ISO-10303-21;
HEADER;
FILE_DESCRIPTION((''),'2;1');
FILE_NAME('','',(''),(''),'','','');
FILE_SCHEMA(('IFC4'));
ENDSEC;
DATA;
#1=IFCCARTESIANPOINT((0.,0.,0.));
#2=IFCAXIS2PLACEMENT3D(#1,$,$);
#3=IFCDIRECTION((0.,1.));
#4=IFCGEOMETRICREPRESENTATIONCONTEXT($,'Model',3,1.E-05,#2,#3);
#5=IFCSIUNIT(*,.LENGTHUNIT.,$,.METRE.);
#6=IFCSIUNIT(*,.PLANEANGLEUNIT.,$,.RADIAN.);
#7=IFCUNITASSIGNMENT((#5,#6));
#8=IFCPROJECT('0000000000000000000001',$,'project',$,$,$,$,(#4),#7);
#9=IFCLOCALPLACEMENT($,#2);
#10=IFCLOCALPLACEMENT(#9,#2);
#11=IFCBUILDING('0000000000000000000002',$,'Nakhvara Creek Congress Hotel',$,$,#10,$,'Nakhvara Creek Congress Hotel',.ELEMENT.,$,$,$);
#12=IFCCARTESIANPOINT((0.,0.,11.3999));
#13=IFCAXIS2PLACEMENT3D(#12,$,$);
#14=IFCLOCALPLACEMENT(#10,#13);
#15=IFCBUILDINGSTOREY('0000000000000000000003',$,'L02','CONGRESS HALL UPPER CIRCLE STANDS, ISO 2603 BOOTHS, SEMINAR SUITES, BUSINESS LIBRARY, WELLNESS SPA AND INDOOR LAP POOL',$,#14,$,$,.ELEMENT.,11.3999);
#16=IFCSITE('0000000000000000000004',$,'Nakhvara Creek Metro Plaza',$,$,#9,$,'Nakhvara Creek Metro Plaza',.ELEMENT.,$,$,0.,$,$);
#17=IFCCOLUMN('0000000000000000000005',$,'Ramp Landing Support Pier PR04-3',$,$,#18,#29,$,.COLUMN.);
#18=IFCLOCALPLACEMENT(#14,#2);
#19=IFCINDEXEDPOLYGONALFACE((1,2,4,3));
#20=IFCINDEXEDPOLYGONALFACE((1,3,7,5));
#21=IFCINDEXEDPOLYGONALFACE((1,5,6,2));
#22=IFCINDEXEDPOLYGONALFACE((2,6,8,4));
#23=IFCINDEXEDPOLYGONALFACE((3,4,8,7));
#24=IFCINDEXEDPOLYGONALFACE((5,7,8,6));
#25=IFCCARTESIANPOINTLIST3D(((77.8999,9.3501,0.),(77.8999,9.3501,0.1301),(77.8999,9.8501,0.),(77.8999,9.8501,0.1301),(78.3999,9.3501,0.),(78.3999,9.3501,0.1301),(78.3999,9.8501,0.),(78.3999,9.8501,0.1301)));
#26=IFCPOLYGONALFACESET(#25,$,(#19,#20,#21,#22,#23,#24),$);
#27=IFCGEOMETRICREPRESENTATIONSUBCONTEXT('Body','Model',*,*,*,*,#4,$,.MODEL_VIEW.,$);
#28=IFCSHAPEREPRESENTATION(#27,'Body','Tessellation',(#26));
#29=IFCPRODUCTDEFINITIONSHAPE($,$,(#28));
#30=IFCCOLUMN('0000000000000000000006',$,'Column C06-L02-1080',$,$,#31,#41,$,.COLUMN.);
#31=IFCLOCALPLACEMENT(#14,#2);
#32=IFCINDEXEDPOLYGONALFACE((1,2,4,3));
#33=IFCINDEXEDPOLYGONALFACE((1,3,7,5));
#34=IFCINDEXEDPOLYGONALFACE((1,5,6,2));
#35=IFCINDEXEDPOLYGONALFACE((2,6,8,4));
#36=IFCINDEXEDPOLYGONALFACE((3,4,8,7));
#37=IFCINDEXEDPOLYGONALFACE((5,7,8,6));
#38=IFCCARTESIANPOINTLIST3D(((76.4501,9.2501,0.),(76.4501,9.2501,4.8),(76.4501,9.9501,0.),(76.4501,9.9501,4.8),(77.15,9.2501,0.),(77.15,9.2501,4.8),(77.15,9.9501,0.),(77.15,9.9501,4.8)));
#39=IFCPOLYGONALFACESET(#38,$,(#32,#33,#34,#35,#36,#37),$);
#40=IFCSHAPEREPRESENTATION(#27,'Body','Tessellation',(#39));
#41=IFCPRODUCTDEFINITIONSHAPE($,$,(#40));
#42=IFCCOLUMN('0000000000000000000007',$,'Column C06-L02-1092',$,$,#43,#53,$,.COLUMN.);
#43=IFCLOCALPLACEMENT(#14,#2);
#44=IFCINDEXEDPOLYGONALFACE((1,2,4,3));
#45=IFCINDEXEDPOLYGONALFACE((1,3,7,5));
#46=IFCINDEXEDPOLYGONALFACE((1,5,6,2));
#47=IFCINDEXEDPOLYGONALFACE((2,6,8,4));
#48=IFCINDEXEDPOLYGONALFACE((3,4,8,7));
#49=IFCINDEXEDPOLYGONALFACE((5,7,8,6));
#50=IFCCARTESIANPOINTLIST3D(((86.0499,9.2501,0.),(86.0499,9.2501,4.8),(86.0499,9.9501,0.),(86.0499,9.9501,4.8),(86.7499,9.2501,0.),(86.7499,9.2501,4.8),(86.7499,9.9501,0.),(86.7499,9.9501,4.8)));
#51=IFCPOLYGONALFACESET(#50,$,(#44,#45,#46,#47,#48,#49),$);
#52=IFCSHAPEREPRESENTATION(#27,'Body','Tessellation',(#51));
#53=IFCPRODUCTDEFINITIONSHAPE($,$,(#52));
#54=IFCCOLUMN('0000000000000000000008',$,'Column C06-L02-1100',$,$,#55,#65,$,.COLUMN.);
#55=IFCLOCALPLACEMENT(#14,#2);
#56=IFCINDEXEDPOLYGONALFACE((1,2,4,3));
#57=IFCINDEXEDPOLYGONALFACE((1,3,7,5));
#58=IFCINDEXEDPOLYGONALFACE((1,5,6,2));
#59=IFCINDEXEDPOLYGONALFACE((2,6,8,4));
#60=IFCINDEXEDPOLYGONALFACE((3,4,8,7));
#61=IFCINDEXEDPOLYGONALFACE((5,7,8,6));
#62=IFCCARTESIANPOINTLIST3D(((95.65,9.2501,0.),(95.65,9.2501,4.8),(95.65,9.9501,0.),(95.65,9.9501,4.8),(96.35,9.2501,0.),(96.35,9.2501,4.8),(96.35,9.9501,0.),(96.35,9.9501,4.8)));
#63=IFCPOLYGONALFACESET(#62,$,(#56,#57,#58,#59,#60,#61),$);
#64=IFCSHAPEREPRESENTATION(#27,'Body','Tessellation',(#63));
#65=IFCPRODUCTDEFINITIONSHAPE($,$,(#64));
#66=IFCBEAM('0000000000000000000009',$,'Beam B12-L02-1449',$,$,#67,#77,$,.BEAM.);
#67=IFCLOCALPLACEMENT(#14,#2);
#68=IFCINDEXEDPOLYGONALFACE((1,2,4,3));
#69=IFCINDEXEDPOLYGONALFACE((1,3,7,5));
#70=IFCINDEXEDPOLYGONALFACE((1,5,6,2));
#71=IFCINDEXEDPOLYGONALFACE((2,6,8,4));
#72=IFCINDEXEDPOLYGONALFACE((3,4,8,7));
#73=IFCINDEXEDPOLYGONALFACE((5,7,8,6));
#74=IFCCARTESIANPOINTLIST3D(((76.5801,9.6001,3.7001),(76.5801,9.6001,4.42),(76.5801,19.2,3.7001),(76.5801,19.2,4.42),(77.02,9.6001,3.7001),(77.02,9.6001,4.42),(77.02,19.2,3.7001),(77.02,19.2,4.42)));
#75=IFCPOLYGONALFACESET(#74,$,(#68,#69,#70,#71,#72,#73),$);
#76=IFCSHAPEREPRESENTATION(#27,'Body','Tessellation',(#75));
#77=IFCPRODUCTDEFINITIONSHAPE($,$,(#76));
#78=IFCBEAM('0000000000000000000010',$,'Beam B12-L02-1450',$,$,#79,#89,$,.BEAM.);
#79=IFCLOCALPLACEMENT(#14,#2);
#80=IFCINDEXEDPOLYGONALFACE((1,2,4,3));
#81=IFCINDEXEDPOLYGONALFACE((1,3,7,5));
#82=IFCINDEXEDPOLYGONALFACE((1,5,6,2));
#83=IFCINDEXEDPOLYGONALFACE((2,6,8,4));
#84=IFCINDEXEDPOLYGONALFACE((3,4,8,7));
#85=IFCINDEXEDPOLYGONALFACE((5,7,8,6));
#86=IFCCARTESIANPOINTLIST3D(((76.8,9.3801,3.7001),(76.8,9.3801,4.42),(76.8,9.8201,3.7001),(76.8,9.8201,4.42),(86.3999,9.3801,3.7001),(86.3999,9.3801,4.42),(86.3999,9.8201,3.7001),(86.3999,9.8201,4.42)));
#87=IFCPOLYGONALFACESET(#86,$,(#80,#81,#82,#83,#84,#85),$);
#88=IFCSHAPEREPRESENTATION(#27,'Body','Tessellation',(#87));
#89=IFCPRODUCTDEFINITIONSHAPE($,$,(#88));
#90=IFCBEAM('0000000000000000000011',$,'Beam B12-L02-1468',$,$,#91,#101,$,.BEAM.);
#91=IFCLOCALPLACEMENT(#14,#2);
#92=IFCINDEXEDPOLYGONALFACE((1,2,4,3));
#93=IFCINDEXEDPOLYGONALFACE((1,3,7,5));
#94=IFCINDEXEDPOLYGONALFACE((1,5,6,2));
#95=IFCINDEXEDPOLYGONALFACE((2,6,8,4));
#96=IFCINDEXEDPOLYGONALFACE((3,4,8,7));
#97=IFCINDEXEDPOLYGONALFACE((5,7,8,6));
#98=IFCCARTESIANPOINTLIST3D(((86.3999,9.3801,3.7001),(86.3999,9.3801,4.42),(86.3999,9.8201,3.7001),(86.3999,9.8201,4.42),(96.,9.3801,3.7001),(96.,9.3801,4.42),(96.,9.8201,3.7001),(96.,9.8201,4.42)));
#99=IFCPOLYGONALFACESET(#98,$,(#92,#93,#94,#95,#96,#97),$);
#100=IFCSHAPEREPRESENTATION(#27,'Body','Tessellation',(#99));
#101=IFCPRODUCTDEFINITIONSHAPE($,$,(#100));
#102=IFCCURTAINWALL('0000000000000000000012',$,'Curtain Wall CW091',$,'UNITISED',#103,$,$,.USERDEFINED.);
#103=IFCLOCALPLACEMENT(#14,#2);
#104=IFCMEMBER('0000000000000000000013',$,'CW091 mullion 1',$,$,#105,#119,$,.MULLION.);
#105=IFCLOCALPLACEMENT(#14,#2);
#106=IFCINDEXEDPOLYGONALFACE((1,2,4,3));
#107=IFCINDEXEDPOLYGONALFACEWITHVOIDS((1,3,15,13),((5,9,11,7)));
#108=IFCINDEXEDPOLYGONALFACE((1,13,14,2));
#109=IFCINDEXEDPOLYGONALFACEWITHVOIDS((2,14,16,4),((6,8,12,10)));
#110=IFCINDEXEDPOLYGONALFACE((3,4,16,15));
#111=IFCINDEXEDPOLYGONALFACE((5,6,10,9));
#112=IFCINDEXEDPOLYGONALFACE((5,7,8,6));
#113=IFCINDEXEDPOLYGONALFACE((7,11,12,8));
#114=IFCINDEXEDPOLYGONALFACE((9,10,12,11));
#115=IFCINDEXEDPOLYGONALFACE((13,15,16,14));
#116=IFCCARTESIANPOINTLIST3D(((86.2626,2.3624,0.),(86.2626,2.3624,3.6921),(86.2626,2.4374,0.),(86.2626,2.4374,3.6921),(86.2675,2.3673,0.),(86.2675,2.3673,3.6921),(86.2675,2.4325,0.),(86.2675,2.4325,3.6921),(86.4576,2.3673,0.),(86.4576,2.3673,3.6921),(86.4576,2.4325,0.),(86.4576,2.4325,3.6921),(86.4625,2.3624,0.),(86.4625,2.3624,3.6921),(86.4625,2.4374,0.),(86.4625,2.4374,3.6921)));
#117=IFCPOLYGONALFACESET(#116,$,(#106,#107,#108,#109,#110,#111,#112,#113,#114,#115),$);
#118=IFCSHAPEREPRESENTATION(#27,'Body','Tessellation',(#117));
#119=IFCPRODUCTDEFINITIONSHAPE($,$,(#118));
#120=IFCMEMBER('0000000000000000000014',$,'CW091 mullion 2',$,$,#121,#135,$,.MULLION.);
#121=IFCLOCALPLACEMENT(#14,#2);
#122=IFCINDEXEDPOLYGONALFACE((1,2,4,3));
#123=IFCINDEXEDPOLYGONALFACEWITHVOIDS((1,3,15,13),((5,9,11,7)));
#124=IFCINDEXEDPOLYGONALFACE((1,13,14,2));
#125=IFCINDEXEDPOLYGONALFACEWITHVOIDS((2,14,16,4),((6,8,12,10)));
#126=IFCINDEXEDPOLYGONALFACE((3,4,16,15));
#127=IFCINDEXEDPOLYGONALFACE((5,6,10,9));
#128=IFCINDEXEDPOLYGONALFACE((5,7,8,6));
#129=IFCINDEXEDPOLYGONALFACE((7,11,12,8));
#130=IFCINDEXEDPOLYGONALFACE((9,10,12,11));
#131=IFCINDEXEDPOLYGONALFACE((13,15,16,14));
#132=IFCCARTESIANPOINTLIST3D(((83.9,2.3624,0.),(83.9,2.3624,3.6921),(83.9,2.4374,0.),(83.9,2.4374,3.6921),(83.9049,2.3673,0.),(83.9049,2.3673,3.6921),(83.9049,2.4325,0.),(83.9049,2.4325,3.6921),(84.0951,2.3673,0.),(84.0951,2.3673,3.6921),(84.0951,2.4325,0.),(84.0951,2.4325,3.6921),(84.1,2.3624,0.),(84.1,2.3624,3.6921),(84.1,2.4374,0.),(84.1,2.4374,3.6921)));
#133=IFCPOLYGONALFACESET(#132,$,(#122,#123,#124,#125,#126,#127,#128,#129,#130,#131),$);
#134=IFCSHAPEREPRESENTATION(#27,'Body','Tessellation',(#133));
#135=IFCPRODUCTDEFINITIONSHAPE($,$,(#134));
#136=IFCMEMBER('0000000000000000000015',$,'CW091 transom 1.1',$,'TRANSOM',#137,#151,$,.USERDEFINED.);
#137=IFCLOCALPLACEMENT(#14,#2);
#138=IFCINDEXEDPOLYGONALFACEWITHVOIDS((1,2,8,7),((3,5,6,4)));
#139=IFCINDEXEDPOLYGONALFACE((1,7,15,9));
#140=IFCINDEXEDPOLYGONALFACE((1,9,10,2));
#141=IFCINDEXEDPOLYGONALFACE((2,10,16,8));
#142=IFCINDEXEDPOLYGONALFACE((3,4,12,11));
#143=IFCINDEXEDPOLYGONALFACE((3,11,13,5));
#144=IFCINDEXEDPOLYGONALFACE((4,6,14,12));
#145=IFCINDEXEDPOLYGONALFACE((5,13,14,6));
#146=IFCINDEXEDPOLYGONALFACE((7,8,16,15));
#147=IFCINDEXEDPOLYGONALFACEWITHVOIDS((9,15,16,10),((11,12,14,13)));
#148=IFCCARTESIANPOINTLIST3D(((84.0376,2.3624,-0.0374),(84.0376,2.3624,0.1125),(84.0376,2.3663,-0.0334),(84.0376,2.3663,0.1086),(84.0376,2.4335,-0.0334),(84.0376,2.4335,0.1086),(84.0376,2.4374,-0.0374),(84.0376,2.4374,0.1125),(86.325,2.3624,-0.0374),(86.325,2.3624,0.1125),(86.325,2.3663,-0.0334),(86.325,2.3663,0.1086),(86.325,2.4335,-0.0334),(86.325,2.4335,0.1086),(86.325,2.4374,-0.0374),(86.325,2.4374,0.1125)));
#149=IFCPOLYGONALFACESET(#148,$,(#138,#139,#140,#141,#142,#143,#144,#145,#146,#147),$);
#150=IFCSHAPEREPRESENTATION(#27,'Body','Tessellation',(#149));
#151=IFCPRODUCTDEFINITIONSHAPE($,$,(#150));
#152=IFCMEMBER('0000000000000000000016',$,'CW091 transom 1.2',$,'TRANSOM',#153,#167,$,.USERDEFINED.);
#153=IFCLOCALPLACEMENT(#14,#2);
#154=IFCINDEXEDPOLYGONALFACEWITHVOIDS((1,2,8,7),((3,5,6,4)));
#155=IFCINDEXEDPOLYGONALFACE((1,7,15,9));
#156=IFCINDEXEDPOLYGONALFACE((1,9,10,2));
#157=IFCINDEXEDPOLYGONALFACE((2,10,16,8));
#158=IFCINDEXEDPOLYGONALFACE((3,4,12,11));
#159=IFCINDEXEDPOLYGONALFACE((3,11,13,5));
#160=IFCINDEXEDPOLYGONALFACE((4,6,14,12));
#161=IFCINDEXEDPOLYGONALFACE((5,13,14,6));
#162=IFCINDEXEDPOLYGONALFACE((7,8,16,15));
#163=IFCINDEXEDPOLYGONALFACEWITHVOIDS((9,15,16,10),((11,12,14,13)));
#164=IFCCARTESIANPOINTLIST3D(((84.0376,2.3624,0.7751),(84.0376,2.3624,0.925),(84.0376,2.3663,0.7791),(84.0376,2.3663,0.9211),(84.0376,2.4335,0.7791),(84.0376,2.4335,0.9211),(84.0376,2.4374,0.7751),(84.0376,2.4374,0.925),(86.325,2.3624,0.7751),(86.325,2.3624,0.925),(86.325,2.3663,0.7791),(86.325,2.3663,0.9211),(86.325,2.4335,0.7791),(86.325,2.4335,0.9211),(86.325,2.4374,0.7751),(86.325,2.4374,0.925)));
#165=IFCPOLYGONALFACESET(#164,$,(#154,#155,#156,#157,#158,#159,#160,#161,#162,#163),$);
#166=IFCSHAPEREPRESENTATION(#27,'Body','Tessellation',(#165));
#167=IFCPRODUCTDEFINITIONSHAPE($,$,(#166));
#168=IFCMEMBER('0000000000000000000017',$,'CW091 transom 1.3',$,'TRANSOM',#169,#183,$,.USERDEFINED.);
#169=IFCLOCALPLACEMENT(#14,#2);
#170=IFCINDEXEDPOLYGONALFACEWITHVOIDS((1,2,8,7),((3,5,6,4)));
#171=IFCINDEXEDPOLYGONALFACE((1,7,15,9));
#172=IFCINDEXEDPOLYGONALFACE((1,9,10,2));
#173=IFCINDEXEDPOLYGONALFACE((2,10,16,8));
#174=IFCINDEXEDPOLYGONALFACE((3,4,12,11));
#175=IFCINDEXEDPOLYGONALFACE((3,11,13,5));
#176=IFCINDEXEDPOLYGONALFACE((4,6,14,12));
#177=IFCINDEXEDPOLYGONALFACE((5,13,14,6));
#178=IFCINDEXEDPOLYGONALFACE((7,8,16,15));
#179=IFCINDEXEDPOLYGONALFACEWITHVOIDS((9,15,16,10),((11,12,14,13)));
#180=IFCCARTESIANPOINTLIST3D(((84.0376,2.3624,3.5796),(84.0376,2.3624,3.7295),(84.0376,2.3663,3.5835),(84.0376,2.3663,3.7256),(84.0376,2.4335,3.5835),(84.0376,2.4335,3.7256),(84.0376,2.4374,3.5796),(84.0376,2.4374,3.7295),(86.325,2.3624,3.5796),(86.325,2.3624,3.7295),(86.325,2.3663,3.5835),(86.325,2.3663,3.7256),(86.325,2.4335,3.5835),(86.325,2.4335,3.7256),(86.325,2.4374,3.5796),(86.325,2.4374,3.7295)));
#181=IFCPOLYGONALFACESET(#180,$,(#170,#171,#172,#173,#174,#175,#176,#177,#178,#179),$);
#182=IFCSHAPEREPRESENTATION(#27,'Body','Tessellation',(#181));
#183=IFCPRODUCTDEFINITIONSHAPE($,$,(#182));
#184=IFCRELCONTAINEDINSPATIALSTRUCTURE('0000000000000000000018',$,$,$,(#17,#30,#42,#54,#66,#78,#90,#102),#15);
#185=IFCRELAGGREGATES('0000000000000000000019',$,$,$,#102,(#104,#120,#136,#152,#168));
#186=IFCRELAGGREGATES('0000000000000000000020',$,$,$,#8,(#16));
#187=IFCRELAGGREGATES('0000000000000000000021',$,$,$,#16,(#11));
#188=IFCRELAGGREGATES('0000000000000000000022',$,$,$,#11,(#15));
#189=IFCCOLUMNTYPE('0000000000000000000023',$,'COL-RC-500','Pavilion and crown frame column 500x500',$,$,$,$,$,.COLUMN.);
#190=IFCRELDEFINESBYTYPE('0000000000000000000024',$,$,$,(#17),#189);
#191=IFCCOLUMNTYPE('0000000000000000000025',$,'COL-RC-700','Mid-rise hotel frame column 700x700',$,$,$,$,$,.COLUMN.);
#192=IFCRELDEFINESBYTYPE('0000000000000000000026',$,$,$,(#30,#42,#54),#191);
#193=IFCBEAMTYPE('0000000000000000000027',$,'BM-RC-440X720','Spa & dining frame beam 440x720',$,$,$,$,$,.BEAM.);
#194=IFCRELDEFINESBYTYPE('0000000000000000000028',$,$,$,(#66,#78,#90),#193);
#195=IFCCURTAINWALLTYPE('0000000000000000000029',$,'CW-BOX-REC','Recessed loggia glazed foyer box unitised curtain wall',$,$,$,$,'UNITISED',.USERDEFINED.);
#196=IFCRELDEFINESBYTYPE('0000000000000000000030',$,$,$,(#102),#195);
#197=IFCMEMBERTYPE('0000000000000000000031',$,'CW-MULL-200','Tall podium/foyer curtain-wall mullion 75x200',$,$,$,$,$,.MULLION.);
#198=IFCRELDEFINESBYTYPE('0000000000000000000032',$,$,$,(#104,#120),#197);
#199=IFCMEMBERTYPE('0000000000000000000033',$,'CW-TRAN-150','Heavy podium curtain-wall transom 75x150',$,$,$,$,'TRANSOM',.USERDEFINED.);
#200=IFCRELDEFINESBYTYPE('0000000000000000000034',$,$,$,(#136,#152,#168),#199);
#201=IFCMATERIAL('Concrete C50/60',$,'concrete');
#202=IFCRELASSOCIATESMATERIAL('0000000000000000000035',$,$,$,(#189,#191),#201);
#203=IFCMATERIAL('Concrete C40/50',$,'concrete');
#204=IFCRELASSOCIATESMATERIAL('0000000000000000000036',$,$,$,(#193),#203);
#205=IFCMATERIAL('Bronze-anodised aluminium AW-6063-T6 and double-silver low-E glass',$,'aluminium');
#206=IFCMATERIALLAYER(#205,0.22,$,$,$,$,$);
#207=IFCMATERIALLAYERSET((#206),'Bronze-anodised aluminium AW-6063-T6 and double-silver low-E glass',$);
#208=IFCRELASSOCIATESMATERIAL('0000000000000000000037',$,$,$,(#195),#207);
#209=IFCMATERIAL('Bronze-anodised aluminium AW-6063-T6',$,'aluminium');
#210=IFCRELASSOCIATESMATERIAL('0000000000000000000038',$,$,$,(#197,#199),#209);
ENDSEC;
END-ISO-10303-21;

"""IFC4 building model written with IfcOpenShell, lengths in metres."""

from ifc_helpers import new_model, si_unit, direction, frame, origin, origin_2d, place, context, subcontext, project, spatial, rectangle, hollow_rectangle, extrude, material, layer, layer_set, material_profile, profile_set, type_object, element, aggregate, save


model = new_model("IFC4")

# Units and contexts
model_context = context("Model", 3, precision=1e-05, world=origin(), true_north=direction((0.0, 1.0)))
body_context = subcontext(model_context, "Body", "Model", "MODEL_VIEW")
ifc_project = project(units=[si_unit("LENGTHUNIT", "METRE"), si_unit("PLANEANGLEUNIT", "RADIAN")], contexts=[model_context])

# Site, building, storey
site_placement = place(None, origin())
site = spatial("IfcSite", under=ifc_project, at=site_placement, Name="Nakhvara Creek Metro Plaza", LongName="Nakhvara Creek Metro Plaza", CompositionType="ELEMENT", RefElevation=0.0)
building_placement = place(site_placement, origin())
building = spatial("IfcBuilding", under=site, at=building_placement, Name="Nakhvara Creek Congress Hotel", LongName="Nakhvara Creek Congress Hotel", CompositionType="ELEMENT")
storey_placement = place(building_placement, frame((0.0, 0.0, 11.3999)))
storey = spatial("IfcBuildingStorey", under=building, at=storey_placement, Name="L02", Description="CONGRESS HALL UPPER CIRCLE STANDS, ISO 2603 BOOTHS, SEMINAR SUITES, BUSINESS LIBRARY, WELLNESS SPA AND INDOOR LAP POOL", CompositionType="ELEMENT", Elevation=11.3999)

# Columns
ifc_material_1 = material(Name="Concrete C50/60", Category="concrete")
ifc_material_profile_1 = material_profile(ifc_material_1, rectangle(XDim=0.5, YDim=0.5, at=origin_2d()), Name="RC-COL 500x500", Category="LoadBearing")
ifc_profile_set_1 = profile_set([ifc_material_profile_1], Name="Concrete C50/60")
column_type_1 = type_object("IfcColumnType", Name="COL-RC-500", Description="Pavilion and crown frame column 500x500", PredefinedType="COLUMN", material=ifc_profile_set_1)
column_placement = place(storey_placement, frame((78.1499, 9.6001, 0.0), z_axis=(0.0, 0.0, 1.0), x_axis=(1.0, 0.0, 0.0)))
element("IfcColumn", 1, at=column_placement, inside=storey, type_object=column_type_1, Name="Ramp Landing Support Pier PR04-3", PredefinedType="COLUMN", context=body_context, shape_type="SweptSolid", body=[
    extrude(rectangle(XDim=0.5, YDim=0.5, at=origin_2d()), origin(), (0.0, 0.0, 1.0), 0.1301),
])
ifc_material_profile_2 = material_profile(ifc_material_1, rectangle(XDim=0.7, YDim=0.7, at=origin_2d()), Name="RC-COL 700x700", Category="LoadBearing")
ifc_profile_set_2 = profile_set([ifc_material_profile_2], Name="Concrete C50/60")
column_type_2 = type_object("IfcColumnType", Name="COL-RC-700", Description="Mid-rise hotel frame column 700x700", PredefinedType="COLUMN", material=ifc_profile_set_2)
for number, where, z_axis, x_axis, name in (
    (2, (76.8, 9.6001, 0.0), (0.0, 0.0, 1.0), (1.0, 0.0, 0.0), "Column C06-L02-1080"),
    (3, (86.3999, 9.6001, 0.0), (0.0, 0.0, 1.0), (1.0, 0.0, 0.0), "Column C06-L02-1092"),
    (4, (96.0, 9.6001, 0.0), (0.0, 0.0, 1.0), (1.0, 0.0, 0.0), "Column C06-L02-1100"),
):
    element("IfcColumn", number, at=place(storey_placement, frame(where, z_axis=z_axis, x_axis=x_axis)), inside=storey, type_object=column_type_2, Name=name, PredefinedType="COLUMN", context=body_context, shape_type="SweptSolid", body=[
        extrude(rectangle(XDim=0.7, YDim=0.7, at=origin_2d()), origin(), (0.0, 0.0, 1.0), 4.8),
    ])

# Beams
ifc_material_2 = material(Name="Concrete C40/50", Category="concrete")
ifc_material_profile_3 = material_profile(ifc_material_2, rectangle(XDim=0.4399, YDim=0.72, at=origin_2d()), Name="RC-BM 440x720", Category="LoadBearing")
ifc_profile_set_3 = profile_set([ifc_material_profile_3], Name="Concrete C40/50")
beam_type = type_object("IfcBeamType", Name="BM-RC-440X720", Description="Spa & dining frame beam 440x720", PredefinedType="BEAM", material=ifc_profile_set_3)
for number, where, z_axis, x_axis, name in (
    (5, (76.8, 9.6001, 4.0601), (0.0, 1.0, 0.0), (-1.0, 0.0, 0.0), "Beam B12-L02-1449"),
    (6, (76.8, 9.6001, 4.0601), (1.0, 0.0, 0.0), (0.0, 1.0, 0.0), "Beam B12-L02-1450"),
):
    element("IfcBeam", number, at=place(storey_placement, frame(where, z_axis=z_axis, x_axis=x_axis)), inside=storey, type_object=beam_type, Name=name, PredefinedType="BEAM", context=body_context, shape_type="SweptSolid", body=[
        extrude(rectangle(XDim=0.4399, YDim=0.72, at=origin_2d()), origin(), (0.0, 0.0, 1.0), 9.5999),
    ])
beam_placement = place(storey_placement, frame((86.3999, 9.6001, 4.0601), z_axis=(1.0, 0.0, 0.0), x_axis=(0.0, 1.0, 0.0)))
element("IfcBeam", 7, at=beam_placement, inside=storey, type_object=beam_type, Name="Beam B12-L02-1468", PredefinedType="BEAM", context=body_context, shape_type="SweptSolid", body=[
    extrude(rectangle(XDim=0.4399, YDim=0.72, at=origin_2d()), origin(), (0.0, 0.0, 1.0), 9.6001),
])

# Curtain wall, members
ifc_material_3 = material(Name="Bronze-anodised aluminium AW-6063-T6 and double-silver low-E glass", Category="aluminium")
ifc_layer_1 = layer(ifc_material_3, 0.22)
ifc_layer_set_1 = layer_set([ifc_layer_1], Name="Bronze-anodised aluminium AW-6063-T6 and double-silver low-E glass")
curtain_wall_type = type_object("IfcCurtainWallType", Name="CW-BOX-REC", Description="Recessed loggia glazed foyer box unitised curtain wall", ElementType="UNITISED", PredefinedType="USERDEFINED", material=ifc_layer_set_1)
curtain_wall_placement = place(storey_placement, origin())
curtain_wall = element("IfcCurtainWall", 8, at=curtain_wall_placement, inside=storey, type_object=curtain_wall_type, Name="Curtain Wall CW091", ObjectType="UNITISED", PredefinedType="USERDEFINED")
ifc_material_4 = material(Name="Bronze-anodised aluminium AW-6063-T6", Category="aluminium")
ifc_material_profile_4 = material_profile(ifc_material_4, hollow_rectangle(XDim=0.075, YDim=0.2, WallThickness=0.0049, at=origin_2d()), Name="ALU-MULL 75x200x5", Category="LoadBearing")
ifc_profile_set_4 = profile_set([ifc_material_profile_4], Name="Bronze-anodised aluminium AW-6063-T6")
member_type_1 = type_object("IfcMemberType", Name="CW-MULL-200", Description="Tall podium/foyer curtain-wall mullion 75x200", PredefinedType="MULLION", material=ifc_profile_set_4)
member_1_placement = place(storey_placement, frame((86.3625, 2.3999, 0.0), z_axis=(0.0, 0.0, 1.0), x_axis=(0.0, -1.0, 0.0)))
member_1 = element("IfcMember", 9, at=member_1_placement, type_object=member_type_1, Name="CW091 mullion 1", PredefinedType="MULLION", context=body_context, shape_type="SweptSolid", body=[
    extrude(hollow_rectangle(XDim=0.075, YDim=0.2, WallThickness=0.0049, at=origin_2d()), origin(), (0.0, 0.0, 1.0), 3.6921),
])
member_2_placement = place(storey_placement, frame((84.0, 2.3999, 0.0), z_axis=(0.0, 0.0, 1.0), x_axis=(0.0, -1.0, 0.0)))
member_2 = element("IfcMember", 10, at=member_2_placement, type_object=member_type_1, Name="CW091 mullion 2", PredefinedType="MULLION", context=body_context, shape_type="SweptSolid", body=[
    extrude(hollow_rectangle(XDim=0.075, YDim=0.2, WallThickness=0.0049, at=origin_2d()), origin(), (0.0, 0.0, 1.0), 3.6921),
])
ifc_material_profile_5 = material_profile(ifc_material_4, hollow_rectangle(XDim=0.075, YDim=0.1499, WallThickness=0.0039, at=origin_2d()), Name="ALU-TRAN 75x150x4", Category="LoadBearing")
ifc_profile_set_5 = profile_set([ifc_material_profile_5], Name="Bronze-anodised aluminium AW-6063-T6")
member_type_2 = type_object("IfcMemberType", Name="CW-TRAN-150", Description="Heavy podium curtain-wall transom 75x150", ElementType="TRANSOM", PredefinedType="USERDEFINED", material=ifc_profile_set_5)
member_3_placement = place(storey_placement, frame((86.325, 2.3999, 0.0376), z_axis=(-1.0, 0.0, 0.0), x_axis=(0.0, -1.0, 0.0)))
member_3 = element("IfcMember", 11, at=member_3_placement, type_object=member_type_2, Name="CW091 transom 1.1", ObjectType="TRANSOM", PredefinedType="USERDEFINED", context=body_context, shape_type="SweptSolid", body=[
    extrude(hollow_rectangle(XDim=0.075, YDim=0.1499, WallThickness=0.0039, at=origin_2d()), origin(), (0.0, 0.0, 1.0), 2.2874),
])
member_4_placement = place(storey_placement, frame((86.325, 2.3999, 0.8501), z_axis=(-1.0, 0.0, 0.0), x_axis=(0.0, -1.0, 0.0)))
member_4 = element("IfcMember", 12, at=member_4_placement, type_object=member_type_2, Name="CW091 transom 1.2", ObjectType="TRANSOM", PredefinedType="USERDEFINED", context=body_context, shape_type="SweptSolid", body=[
    extrude(hollow_rectangle(XDim=0.075, YDim=0.1499, WallThickness=0.0039, at=origin_2d()), origin(), (0.0, 0.0, 1.0), 2.2874),
])
member_5_placement = place(storey_placement, frame((86.325, 2.3999, 3.6545), z_axis=(-1.0, 0.0, 0.0), x_axis=(0.0, -1.0, 0.0)))
member_5 = element("IfcMember", 13, at=member_5_placement, type_object=member_type_2, Name="CW091 transom 1.3", ObjectType="TRANSOM", PredefinedType="USERDEFINED", context=body_context, shape_type="SweptSolid", body=[
    extrude(hollow_rectangle(XDim=0.075, YDim=0.1499, WallThickness=0.0039, at=origin_2d()), origin(), (0.0, 0.0, 1.0), 2.2874),
])
aggregate(curtain_wall, [member_1, member_2, member_3, member_4, member_5])

save(model, "model.ifc")
